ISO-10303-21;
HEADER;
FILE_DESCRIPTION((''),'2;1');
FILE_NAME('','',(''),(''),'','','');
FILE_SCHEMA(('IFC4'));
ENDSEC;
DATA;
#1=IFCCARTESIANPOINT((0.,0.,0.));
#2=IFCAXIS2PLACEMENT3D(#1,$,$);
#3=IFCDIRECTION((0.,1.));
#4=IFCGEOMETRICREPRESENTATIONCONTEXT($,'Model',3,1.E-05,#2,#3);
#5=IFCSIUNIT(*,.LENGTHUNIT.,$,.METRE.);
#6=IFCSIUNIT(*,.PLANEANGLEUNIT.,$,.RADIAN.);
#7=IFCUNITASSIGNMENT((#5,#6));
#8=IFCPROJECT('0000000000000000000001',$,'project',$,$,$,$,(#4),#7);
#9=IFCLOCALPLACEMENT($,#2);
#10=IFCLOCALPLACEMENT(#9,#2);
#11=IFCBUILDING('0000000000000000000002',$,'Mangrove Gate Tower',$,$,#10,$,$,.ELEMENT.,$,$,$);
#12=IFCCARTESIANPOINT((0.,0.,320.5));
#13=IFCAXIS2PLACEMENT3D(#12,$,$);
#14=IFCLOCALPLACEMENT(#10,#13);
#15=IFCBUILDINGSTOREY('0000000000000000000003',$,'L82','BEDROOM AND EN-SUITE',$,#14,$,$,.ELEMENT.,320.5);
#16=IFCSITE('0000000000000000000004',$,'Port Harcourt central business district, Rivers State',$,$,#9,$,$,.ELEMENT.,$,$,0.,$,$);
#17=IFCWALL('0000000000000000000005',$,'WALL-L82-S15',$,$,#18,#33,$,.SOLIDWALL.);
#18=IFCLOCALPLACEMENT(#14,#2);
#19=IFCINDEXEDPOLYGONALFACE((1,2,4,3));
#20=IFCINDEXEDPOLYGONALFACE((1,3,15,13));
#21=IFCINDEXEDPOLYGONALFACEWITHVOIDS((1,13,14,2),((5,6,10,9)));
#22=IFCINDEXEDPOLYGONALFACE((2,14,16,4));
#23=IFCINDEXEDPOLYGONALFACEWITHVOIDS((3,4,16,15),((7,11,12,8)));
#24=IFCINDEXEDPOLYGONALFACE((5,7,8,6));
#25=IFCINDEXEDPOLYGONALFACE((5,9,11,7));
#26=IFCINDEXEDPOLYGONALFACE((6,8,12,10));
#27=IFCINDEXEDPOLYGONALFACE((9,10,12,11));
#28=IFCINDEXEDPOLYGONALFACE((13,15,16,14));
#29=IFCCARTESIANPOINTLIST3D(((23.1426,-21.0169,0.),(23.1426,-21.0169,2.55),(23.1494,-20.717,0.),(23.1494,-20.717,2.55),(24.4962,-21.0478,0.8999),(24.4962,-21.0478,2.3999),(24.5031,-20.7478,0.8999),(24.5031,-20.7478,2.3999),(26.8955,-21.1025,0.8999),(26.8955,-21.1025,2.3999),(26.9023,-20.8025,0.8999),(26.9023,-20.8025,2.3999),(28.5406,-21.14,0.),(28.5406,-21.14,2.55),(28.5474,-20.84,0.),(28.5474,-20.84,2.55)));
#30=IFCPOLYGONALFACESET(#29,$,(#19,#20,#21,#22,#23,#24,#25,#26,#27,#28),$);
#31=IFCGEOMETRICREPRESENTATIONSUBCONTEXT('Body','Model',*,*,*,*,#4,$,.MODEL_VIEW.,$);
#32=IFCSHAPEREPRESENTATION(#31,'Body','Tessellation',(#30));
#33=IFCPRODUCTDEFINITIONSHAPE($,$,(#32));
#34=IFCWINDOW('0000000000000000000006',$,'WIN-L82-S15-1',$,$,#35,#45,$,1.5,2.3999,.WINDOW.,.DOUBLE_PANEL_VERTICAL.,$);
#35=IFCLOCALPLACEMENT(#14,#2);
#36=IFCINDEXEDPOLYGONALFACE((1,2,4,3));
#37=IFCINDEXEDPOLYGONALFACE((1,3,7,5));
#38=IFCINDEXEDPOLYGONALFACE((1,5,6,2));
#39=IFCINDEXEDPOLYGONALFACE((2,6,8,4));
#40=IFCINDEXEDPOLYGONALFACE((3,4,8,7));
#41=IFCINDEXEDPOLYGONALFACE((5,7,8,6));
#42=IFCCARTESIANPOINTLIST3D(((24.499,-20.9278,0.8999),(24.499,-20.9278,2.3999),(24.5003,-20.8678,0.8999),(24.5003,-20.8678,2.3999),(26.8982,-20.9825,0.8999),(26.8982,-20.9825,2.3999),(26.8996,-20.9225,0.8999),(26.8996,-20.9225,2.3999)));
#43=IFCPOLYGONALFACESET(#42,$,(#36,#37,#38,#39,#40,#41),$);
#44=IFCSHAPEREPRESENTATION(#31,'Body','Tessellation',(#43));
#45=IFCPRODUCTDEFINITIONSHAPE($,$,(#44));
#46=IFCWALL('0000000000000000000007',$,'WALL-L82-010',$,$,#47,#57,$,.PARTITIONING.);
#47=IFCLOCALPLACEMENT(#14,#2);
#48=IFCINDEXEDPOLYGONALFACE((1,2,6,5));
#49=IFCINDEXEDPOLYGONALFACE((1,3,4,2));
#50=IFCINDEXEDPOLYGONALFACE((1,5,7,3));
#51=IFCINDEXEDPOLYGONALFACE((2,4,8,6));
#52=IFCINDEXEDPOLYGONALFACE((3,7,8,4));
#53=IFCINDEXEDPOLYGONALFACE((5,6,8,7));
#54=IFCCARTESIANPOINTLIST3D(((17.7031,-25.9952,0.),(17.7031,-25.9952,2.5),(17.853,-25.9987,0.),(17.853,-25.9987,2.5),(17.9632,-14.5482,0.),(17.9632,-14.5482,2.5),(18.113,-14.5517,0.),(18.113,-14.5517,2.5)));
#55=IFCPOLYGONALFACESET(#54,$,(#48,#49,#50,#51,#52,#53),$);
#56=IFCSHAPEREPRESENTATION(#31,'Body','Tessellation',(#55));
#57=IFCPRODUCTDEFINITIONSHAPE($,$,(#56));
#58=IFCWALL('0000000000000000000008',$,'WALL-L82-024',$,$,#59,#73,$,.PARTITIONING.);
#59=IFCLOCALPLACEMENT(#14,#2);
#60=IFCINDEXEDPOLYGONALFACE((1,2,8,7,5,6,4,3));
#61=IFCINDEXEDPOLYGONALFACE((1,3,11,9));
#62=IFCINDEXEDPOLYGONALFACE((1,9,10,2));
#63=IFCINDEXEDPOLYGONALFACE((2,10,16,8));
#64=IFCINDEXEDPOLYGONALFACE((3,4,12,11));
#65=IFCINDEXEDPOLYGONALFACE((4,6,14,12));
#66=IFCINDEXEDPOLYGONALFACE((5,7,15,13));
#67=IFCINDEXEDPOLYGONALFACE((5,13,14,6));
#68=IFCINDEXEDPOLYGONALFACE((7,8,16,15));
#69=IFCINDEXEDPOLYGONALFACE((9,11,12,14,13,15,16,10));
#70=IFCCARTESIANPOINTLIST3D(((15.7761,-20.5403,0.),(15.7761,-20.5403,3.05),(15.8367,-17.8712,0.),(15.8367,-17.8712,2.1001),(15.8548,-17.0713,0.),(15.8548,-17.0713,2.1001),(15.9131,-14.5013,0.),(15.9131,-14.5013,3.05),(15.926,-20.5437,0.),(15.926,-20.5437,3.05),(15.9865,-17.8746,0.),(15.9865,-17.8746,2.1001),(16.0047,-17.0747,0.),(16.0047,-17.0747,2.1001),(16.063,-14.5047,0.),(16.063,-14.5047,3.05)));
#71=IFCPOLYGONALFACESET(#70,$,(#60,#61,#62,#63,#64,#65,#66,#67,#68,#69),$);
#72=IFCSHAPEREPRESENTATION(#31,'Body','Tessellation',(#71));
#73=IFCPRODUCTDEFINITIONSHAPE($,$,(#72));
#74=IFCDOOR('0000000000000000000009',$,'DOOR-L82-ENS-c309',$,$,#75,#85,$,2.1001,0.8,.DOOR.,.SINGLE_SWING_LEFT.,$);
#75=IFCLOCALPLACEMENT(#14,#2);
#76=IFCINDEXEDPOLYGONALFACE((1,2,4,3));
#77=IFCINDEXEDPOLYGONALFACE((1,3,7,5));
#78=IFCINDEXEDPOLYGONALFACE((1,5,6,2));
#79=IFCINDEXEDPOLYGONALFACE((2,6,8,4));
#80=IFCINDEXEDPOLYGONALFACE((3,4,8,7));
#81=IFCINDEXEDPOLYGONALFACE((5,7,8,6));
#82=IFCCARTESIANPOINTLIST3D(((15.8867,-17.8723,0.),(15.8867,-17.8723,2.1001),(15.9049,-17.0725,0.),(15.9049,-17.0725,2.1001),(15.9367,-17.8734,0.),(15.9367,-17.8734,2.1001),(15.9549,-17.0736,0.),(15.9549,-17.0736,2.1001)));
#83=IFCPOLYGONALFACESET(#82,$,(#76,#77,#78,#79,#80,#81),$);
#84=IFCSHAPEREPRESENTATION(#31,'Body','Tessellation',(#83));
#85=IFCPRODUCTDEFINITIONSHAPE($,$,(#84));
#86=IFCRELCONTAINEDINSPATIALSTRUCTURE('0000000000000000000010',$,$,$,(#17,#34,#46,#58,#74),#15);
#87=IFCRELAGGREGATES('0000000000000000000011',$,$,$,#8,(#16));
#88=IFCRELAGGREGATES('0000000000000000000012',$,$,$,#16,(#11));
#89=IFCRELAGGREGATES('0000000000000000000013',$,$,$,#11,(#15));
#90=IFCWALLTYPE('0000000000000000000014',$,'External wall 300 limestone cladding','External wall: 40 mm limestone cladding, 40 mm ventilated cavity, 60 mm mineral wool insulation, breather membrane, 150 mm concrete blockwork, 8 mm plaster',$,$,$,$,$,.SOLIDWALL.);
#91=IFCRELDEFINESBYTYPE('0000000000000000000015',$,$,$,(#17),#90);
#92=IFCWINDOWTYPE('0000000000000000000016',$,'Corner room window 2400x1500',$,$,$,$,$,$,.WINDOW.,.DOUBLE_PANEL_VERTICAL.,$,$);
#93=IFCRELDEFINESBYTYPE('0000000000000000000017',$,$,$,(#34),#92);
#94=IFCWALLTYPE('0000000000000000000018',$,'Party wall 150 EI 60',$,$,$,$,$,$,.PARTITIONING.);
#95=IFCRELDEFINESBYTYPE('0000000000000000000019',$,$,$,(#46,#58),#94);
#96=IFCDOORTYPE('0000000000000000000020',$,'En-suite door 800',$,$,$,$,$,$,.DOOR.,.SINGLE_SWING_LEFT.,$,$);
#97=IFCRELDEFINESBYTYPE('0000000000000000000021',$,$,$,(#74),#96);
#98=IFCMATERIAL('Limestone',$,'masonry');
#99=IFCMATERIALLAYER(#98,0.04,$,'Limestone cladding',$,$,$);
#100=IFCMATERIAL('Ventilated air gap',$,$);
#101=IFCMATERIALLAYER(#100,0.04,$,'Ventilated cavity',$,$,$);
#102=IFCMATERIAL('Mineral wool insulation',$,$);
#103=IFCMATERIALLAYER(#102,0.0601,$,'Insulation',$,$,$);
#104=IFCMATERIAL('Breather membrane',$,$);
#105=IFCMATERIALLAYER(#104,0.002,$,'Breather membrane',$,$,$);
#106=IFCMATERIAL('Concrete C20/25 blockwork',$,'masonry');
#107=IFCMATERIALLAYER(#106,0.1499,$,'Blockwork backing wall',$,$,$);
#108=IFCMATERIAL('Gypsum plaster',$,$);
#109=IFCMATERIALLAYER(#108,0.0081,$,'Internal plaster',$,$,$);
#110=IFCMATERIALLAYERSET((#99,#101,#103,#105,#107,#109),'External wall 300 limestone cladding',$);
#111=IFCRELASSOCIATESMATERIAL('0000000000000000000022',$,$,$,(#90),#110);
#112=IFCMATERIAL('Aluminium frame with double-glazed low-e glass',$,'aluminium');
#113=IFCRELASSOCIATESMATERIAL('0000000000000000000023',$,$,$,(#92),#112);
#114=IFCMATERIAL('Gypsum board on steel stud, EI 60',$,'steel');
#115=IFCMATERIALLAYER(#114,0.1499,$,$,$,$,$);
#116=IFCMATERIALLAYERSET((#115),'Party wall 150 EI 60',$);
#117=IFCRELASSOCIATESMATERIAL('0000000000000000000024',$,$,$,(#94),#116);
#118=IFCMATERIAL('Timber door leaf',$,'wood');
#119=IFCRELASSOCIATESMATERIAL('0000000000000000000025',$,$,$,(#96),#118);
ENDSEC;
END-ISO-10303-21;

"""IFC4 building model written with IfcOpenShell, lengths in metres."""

from ifc_helpers import new_model, si_unit, direction, frame, frame_2d, origin, place, context, subcontext, project, spatial, rectangle, extrude, material, layer, layer_set, type_object, element, fill, save


model = new_model("IFC4")

# Units and contexts
model_context = context("Model", 3, precision=1e-05, world=origin(), true_north=direction((0.0, 1.0)))
body_context = subcontext(model_context, "Body", "Model", "MODEL_VIEW")
ifc_project = project(units=[si_unit("LENGTHUNIT", "METRE"), si_unit("PLANEANGLEUNIT", "RADIAN")], contexts=[model_context])

# Site, building, storey
site_placement = place(None, origin())
site = spatial("IfcSite", under=ifc_project, at=site_placement, Name="Port Harcourt central business district, Rivers State", CompositionType="ELEMENT", RefElevation=0.0)
building_placement = place(site_placement, origin())
building = spatial("IfcBuilding", under=site, at=building_placement, Name="Mangrove Gate Tower", CompositionType="ELEMENT")
storey_placement = place(building_placement, frame((0.0, 0.0, 320.5)))
storey = spatial("IfcBuildingStorey", under=building, at=storey_placement, Name="L82", Description="BEDROOM AND EN-SUITE", CompositionType="ELEMENT", Elevation=320.5)

# Shared definitions
ifc_material_1 = material(Name="Limestone", Category="masonry")
ifc_layer_1 = layer(ifc_material_1, 0.04, Name="Limestone cladding")
ifc_material_2 = material(Name="Ventilated air gap")
ifc_layer_2 = layer(ifc_material_2, 0.04, Name="Ventilated cavity")
ifc_material_3 = material(Name="Mineral wool insulation")
ifc_layer_3 = layer(ifc_material_3, 0.0601, Name="Insulation")
ifc_material_4 = material(Name="Breather membrane")
ifc_layer_4 = layer(ifc_material_4, 0.002, Name="Breather membrane")
ifc_material_5 = material(Name="Concrete C20/25 blockwork", Category="masonry")
ifc_layer_5 = layer(ifc_material_5, 0.1499, Name="Blockwork backing wall")
ifc_material_6 = material(Name="Gypsum plaster")
ifc_layer_6 = layer(ifc_material_6, 0.0081, Name="Internal plaster")
ifc_layer_set_1 = layer_set([ifc_layer_1, ifc_layer_2, ifc_layer_3, ifc_layer_4, ifc_layer_5, ifc_layer_6], Name="External wall 300 limestone cladding")
wall_type_1 = type_object("IfcWallType", Name="External wall 300 limestone cladding", Description="External wall: 40 mm limestone cladding, 40 mm ventilated cavity, 60 mm mineral wool insulation, breather membrane, 150 mm concrete blockwork, 8 mm plaster", PredefinedType="SOLIDWALL", material=ifc_layer_set_1)

# Wall, opening, window
ifc_material_7 = material(Name="Aluminium frame with double-glazed low-e glass", Category="aluminium")
window_type = type_object("IfcWindowType", Name="Corner room window 2400x1500", PartitioningType="DOUBLE_PANEL_VERTICAL", PredefinedType="WINDOW", material=ifc_material_7)
wall_1_placement = place(storey_placement, frame((23.146, -20.8669, 0.0), z_axis=(0.0, 0.0, 1.0), x_axis=(0.99974, -0.022789, 0.0)))
wall_1 = element("IfcWall", 1, at=wall_1_placement, inside=storey, type_object=wall_type_1, Name="WALL-L82-S15", PredefinedType="SOLIDWALL", context=body_context, shape_type="SweptSolid", body=[
    extrude(rectangle(XDim=5.3994, YDim=0.3, at=frame_2d((2.6997, 0.0))), origin(), (0.0, 0.0, 1.0), 2.55),
])
opening_1_placement = place(wall_1_placement, frame((1.354, 0.0, 0.8999)))
opening_1 = element("IfcOpeningElement", 2, at=opening_1_placement, cuts=wall_1, PredefinedType="OPENING", context=body_context, shape_type="SweptSolid", body=[
    extrude(rectangle(XDim=2.3999, YDim=1.5, at=frame_2d((1.2, 0.75))), frame((0.0, 0.1599, 0.0), z_axis=(0.0, -1.0, 0.0), x_axis=(1.0, 0.0, 0.0)), (0.0, 0.0, 1.0), 0.3201),
])
window_1_placement = place(opening_1_placement, origin())
window_1 = element("IfcWindow", 3, at=window_1_placement, inside=storey, type_object=window_type, Name="WIN-L82-S15-1", OverallHeight=1.5, OverallWidth=2.3999, PartitioningType="DOUBLE_PANEL_VERTICAL", PredefinedType="WINDOW", context=body_context, shape_type="SweptSolid", body=[
    extrude(rectangle(XDim=2.3999, YDim=1.5, at=frame_2d((1.2, 0.75))), frame((0.0, 0.03, 0.0), z_axis=(0.0, -1.0, 0.0), x_axis=(1.0, 0.0, 0.0)), (0.0, 0.0, 1.0), 0.0601),
])
fill(opening_1, window_1)

# Wall
ifc_material_8 = material(Name="Gypsum board on steel stud, EI 60", Category="steel")
ifc_layer_7 = layer(ifc_material_8, 0.1499)
ifc_layer_set_2 = layer_set([ifc_layer_7], Name="Party wall 150 EI 60")
wall_type_2 = type_object("IfcWallType", Name="Party wall 150 EI 60", PredefinedType="PARTITIONING", material=ifc_layer_set_2)
wall_2_placement = place(storey_placement, frame((17.7781, -25.9971, 0.0), z_axis=(0.0, 0.0, 1.0), x_axis=(0.022708, 0.999742, 0.0)))
element("IfcWall", 4, at=wall_2_placement, inside=storey, type_object=wall_type_2, Name="WALL-L82-010", PredefinedType="PARTITIONING", context=body_context, shape_type="SweptSolid", body=[
    extrude(rectangle(XDim=11.45, YDim=0.1499, at=frame_2d((5.7251, 0.0))), origin(), (0.0, 0.0, 1.0), 2.5),
])

# Wall, opening, door
wall_3_placement = place(storey_placement, frame((15.8511, -20.542, 0.0), z_axis=(0.0, 0.0, 1.0), x_axis=(0.022674, 0.999743, 0.0)))
wall_3 = element("IfcWall", 5, at=wall_3_placement, inside=storey, type_object=wall_type_2, Name="WALL-L82-024", PredefinedType="PARTITIONING", context=body_context, shape_type="SweptSolid", body=[
    extrude(rectangle(XDim=6.0405, YDim=0.1499, at=frame_2d((3.0203, 0.0))), origin(), (0.0, 0.0, 1.0), 3.05),
])
opening_2_placement = place(wall_3_placement, frame((2.6699, 0.0, 0.0)))
opening_2 = element("IfcOpeningElement", 6, at=opening_2_placement, cuts=wall_3, PredefinedType="OPENING", context=body_context, shape_type="SweptSolid", body=[
    extrude(rectangle(XDim=0.8, YDim=2.1001, at=frame_2d((0.3999, 1.05))), frame((0.0, 0.085, 0.0), z_axis=(0.0, -1.0, 0.0), x_axis=(1.0, 0.0, 0.0)), (0.0, 0.0, 1.0), 0.1699),
])
ifc_material_9 = material(Name="Timber door leaf", Category="wood")
door_type_1 = type_object("IfcDoorType", Name="En-suite door 800", OperationType="SINGLE_SWING_LEFT", PredefinedType="DOOR", material=ifc_material_9)
door_1_placement = place(opening_2_placement, origin())
door_1 = element("IfcDoor", 7, at=door_1_placement, inside=storey, type_object=door_type_1, Name="DOOR-L82-ENS-c309", OperationType="SINGLE_SWING_LEFT", OverallHeight=2.1001, OverallWidth=0.8, PredefinedType="DOOR", context=body_context, shape_type="SweptSolid", body=[
    extrude(rectangle(XDim=0.8, YDim=2.1001, at=frame_2d((0.3999, 1.05))), frame((0.0, 0.0249, 0.0), z_axis=(0.0, -1.0, 0.0), x_axis=(1.0, 0.0, 0.0)), (0.0, 0.0, 1.0), 0.05),
])
fill(opening_2, door_1)

save(model, "model.ifc")
